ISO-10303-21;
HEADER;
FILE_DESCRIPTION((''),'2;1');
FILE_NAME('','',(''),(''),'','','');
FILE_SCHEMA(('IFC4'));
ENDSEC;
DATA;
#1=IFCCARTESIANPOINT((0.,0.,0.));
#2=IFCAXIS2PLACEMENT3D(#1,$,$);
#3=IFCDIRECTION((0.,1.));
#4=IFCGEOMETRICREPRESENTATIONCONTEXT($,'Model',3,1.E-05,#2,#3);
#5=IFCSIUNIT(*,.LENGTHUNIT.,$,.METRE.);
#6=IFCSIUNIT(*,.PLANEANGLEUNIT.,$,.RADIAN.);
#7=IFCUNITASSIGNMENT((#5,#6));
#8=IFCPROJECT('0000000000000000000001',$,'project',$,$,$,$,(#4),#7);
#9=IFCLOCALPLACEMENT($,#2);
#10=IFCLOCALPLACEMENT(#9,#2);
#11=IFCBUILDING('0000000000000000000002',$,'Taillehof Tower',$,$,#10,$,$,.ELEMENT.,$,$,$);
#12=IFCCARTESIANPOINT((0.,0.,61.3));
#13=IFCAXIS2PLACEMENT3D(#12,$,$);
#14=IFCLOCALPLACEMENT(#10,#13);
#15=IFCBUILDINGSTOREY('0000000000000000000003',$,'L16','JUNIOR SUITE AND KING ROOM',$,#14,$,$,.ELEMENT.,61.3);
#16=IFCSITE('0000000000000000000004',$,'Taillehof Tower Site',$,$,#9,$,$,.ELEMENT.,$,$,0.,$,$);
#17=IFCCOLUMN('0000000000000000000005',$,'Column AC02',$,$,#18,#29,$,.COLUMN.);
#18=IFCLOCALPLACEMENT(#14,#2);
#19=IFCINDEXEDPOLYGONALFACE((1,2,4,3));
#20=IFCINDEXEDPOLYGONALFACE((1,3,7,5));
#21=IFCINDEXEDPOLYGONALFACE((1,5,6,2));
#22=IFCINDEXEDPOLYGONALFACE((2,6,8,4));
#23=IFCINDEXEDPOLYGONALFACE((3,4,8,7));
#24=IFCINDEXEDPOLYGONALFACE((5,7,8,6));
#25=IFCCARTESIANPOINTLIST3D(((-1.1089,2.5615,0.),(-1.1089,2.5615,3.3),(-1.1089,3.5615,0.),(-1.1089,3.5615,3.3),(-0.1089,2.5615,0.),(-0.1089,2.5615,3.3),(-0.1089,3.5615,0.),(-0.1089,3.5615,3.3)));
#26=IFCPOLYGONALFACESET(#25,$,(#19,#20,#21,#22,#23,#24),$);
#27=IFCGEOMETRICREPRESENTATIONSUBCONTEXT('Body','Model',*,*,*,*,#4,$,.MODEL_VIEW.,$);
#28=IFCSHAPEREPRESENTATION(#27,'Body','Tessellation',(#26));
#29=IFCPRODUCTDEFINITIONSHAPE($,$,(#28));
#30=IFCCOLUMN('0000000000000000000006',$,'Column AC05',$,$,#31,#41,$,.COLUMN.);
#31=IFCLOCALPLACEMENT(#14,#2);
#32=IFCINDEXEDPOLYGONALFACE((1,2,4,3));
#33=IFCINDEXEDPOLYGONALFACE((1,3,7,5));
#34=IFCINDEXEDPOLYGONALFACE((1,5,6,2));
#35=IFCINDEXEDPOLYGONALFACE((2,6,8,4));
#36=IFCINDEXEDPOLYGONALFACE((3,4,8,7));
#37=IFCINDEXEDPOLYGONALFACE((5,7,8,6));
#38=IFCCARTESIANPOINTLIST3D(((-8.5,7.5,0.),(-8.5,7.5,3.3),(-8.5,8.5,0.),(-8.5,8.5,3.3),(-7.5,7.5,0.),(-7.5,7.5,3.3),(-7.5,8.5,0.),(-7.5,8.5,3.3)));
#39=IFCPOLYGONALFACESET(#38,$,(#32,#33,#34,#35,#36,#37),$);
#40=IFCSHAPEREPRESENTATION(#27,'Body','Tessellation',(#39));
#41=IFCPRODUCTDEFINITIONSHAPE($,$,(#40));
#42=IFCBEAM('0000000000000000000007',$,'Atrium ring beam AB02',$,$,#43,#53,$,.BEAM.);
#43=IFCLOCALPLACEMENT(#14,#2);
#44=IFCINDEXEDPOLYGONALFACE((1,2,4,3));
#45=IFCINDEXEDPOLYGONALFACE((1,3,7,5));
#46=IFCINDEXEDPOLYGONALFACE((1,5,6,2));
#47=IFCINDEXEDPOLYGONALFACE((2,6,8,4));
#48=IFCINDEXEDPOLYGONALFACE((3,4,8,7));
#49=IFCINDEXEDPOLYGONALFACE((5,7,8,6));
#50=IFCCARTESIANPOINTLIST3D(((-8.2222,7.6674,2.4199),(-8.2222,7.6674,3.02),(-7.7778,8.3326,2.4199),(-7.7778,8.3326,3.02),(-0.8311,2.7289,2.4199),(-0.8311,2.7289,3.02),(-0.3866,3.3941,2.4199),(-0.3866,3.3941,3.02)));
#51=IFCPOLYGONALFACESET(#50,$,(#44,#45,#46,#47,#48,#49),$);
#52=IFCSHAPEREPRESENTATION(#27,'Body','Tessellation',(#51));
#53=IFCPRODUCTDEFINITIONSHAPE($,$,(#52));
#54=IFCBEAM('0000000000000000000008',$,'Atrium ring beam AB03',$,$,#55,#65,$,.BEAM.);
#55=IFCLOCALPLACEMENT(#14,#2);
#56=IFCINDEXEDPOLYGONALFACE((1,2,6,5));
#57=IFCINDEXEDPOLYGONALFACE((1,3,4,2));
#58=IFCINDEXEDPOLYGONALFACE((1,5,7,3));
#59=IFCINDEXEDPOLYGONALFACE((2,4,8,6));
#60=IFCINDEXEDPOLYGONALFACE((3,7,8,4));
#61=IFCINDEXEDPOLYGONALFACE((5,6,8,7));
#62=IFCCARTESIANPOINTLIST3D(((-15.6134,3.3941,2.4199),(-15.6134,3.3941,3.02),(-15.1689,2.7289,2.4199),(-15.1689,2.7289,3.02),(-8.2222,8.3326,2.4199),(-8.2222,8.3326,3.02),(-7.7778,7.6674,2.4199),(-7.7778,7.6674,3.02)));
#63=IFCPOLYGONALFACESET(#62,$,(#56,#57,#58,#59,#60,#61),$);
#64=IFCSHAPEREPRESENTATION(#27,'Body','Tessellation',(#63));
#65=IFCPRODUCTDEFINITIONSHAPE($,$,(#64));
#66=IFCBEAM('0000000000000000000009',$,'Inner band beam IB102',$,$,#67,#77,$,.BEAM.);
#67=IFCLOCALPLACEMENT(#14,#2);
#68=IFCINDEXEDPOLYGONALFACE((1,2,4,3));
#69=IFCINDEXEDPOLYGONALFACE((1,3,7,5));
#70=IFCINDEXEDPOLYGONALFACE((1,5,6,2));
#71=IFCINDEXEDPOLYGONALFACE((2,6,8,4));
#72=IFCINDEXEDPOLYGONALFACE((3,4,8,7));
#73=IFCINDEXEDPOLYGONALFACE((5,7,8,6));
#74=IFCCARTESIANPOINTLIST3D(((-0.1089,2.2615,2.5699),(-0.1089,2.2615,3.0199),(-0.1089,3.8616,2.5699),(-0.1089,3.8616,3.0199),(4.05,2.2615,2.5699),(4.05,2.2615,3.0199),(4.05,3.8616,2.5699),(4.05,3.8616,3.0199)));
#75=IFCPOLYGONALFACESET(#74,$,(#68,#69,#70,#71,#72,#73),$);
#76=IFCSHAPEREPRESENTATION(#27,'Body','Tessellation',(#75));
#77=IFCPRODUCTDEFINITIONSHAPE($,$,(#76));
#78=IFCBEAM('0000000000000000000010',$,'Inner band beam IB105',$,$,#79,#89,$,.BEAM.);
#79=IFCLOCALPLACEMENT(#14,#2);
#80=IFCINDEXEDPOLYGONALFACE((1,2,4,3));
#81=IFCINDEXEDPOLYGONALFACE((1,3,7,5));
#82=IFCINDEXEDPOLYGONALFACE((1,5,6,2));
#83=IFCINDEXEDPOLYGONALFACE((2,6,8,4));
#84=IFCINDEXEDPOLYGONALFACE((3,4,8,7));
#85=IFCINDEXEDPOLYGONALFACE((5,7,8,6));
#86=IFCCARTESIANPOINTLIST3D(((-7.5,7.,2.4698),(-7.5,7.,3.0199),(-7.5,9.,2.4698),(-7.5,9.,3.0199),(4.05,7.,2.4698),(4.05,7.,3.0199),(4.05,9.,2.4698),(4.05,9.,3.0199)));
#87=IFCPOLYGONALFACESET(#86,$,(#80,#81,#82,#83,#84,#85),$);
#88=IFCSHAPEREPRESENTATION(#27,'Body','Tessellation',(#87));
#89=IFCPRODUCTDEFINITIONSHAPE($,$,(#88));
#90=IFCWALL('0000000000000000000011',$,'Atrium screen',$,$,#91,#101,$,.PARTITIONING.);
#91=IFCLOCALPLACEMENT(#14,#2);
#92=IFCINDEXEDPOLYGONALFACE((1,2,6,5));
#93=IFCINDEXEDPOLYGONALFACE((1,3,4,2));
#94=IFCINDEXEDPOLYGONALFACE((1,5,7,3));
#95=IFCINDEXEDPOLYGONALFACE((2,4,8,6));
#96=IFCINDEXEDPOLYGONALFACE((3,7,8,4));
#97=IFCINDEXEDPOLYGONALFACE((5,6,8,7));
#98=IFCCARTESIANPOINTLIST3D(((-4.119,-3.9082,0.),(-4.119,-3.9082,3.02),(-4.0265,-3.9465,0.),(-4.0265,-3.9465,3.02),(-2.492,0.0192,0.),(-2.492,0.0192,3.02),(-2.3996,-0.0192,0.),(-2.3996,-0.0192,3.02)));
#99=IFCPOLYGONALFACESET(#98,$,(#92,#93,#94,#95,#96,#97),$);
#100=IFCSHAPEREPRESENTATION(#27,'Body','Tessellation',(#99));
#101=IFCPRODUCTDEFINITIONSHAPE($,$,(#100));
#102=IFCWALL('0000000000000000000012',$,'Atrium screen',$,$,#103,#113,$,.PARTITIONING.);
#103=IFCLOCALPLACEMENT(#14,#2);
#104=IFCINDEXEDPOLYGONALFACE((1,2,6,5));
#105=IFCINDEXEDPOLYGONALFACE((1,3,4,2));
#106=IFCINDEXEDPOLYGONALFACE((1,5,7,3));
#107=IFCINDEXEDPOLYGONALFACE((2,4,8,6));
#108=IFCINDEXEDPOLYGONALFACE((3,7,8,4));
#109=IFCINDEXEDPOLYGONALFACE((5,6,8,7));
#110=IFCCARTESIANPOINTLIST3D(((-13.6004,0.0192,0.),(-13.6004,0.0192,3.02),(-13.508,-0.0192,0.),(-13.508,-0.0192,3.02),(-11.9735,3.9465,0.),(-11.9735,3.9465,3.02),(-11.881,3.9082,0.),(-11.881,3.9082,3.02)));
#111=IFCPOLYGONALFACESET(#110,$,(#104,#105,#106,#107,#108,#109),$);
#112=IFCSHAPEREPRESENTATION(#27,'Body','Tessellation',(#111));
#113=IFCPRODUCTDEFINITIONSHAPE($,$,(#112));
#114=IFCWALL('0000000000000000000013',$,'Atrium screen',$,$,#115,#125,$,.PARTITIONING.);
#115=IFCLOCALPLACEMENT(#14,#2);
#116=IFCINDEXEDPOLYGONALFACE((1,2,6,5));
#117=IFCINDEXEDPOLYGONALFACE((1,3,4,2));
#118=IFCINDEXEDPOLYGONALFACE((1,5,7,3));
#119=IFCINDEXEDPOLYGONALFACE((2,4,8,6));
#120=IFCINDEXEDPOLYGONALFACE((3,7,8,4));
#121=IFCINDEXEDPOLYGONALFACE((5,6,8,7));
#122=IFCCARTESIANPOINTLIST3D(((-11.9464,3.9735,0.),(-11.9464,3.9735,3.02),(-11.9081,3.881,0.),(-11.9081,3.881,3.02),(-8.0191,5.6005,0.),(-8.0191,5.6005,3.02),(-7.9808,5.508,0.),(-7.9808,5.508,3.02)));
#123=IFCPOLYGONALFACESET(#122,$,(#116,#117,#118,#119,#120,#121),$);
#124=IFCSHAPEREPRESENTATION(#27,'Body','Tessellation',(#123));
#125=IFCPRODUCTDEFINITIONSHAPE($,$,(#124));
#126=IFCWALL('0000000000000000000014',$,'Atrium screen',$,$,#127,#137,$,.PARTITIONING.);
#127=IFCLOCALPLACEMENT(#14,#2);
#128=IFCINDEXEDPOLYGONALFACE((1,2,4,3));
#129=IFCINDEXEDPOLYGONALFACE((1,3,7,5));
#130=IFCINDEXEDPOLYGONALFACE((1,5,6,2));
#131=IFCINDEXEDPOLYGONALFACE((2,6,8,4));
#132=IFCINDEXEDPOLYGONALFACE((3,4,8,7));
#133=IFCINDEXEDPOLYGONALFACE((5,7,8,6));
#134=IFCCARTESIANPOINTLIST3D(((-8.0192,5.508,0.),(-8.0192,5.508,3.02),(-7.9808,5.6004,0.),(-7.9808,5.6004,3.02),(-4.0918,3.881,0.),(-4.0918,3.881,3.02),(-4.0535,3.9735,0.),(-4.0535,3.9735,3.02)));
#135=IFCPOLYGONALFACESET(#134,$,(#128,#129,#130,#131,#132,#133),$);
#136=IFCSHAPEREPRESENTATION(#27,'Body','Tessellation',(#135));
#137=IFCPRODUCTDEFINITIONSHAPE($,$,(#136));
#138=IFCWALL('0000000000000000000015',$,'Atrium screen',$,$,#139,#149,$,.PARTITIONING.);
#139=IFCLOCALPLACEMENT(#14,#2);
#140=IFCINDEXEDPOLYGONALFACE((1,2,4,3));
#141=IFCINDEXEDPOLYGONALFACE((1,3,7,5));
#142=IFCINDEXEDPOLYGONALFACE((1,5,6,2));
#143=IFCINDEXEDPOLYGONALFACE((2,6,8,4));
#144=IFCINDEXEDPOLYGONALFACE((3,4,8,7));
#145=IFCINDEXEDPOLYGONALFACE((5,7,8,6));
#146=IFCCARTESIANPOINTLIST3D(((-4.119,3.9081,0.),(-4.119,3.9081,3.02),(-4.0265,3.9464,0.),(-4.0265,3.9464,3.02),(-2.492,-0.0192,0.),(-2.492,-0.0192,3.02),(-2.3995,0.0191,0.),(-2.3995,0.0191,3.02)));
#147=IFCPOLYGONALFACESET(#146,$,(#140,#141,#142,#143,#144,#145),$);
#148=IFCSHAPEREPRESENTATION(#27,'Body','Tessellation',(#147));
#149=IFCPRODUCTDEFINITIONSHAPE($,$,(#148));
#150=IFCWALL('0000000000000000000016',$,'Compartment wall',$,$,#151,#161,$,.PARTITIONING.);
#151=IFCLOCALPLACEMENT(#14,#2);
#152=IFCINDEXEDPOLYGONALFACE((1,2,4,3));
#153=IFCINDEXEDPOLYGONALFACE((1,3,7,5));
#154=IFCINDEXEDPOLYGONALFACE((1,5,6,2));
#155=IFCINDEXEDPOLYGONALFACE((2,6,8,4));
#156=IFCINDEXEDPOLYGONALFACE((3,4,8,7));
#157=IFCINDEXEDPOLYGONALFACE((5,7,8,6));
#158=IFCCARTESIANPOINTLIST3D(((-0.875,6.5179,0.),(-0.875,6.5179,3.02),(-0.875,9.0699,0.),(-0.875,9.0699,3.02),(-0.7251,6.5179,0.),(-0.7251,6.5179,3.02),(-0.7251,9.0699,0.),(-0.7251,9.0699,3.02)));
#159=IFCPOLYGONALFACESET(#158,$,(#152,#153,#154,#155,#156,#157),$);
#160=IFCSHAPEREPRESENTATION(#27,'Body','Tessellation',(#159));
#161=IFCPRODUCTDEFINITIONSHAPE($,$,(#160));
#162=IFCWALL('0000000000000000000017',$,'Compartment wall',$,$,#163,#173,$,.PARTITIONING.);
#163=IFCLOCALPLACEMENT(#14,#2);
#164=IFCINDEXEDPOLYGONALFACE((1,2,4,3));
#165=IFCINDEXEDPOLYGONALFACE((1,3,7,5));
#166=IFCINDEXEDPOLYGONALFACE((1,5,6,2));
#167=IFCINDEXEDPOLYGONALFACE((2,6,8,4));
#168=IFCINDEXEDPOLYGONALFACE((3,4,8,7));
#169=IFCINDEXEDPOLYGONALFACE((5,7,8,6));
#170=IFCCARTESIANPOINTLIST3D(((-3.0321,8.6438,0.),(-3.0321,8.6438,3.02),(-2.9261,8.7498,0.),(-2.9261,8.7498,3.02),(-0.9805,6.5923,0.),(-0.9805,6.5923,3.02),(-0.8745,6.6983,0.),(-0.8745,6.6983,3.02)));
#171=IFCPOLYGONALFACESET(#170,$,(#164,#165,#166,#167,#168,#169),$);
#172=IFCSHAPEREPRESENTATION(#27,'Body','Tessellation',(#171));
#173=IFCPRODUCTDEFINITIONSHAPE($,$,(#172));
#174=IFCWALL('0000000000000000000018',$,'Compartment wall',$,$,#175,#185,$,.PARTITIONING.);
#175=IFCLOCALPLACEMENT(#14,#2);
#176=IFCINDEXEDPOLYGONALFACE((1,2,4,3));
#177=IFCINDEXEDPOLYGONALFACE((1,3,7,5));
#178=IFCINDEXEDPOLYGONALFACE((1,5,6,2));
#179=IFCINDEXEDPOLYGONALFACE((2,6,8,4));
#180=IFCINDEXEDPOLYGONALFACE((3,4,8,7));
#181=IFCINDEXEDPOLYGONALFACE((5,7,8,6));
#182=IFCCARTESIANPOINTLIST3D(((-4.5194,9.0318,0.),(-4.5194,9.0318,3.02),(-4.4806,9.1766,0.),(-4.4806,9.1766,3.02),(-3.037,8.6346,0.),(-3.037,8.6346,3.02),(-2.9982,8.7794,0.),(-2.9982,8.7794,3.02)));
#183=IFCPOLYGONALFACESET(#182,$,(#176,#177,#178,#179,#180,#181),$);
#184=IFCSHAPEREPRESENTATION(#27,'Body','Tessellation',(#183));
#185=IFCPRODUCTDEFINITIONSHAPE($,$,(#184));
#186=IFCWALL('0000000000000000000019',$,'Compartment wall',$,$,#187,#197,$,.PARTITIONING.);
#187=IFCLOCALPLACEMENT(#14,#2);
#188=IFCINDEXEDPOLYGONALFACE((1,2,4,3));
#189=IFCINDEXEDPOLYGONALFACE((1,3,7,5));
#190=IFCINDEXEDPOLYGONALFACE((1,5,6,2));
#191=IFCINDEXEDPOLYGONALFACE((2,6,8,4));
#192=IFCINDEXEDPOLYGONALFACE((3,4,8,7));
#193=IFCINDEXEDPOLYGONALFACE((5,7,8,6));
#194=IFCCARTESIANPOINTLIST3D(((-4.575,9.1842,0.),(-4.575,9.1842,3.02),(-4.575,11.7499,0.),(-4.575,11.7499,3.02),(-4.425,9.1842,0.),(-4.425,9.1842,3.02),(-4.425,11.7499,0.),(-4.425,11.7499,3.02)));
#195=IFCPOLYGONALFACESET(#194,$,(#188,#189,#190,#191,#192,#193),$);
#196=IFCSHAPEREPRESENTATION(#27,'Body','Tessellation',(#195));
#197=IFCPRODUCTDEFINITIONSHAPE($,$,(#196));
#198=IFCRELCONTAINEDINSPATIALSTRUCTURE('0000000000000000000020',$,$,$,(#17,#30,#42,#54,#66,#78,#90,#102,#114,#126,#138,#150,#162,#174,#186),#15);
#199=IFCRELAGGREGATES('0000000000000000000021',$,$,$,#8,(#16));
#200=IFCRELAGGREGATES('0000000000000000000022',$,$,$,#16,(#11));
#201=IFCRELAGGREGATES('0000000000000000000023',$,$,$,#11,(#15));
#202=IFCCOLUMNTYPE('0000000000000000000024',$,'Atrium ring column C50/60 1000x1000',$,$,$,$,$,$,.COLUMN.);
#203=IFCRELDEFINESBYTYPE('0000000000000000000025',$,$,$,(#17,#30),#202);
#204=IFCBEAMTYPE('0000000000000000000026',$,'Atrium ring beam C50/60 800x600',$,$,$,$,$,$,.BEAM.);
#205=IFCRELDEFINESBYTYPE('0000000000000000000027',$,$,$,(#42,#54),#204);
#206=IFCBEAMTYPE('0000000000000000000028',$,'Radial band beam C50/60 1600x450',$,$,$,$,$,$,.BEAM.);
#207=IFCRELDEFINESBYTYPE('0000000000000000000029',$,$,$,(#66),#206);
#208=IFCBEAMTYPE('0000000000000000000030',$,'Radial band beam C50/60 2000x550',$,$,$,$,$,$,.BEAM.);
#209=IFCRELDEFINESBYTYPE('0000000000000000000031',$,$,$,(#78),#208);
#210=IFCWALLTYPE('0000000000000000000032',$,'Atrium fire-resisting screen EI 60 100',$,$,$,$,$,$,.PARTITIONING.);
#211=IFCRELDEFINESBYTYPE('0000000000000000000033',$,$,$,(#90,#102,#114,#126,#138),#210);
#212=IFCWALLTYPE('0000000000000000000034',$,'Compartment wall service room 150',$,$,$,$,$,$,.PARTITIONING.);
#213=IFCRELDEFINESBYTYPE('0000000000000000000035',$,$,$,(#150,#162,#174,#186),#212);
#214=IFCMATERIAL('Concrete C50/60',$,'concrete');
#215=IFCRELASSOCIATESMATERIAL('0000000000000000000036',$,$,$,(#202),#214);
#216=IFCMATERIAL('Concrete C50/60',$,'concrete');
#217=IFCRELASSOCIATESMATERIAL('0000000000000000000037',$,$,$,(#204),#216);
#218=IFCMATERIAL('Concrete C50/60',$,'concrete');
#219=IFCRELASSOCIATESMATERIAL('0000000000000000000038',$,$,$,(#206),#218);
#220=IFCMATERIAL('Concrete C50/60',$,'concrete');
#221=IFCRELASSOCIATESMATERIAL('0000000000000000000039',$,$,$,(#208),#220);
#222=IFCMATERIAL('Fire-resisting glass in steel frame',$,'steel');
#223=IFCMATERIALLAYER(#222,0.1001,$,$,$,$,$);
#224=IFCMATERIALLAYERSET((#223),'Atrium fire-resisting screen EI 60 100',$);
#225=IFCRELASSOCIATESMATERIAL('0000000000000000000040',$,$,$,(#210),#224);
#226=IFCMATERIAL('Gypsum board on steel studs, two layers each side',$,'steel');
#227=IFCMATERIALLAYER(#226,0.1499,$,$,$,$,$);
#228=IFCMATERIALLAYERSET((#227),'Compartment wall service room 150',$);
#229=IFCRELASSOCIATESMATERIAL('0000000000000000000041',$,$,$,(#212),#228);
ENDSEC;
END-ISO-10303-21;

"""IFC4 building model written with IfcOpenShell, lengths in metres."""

from ifc_helpers import new_model, si_unit, direction, frame, frame_2d, origin, origin_2d, place, context, subcontext, project, spatial, rectangle, extrude, material, layer, layer_set, material_profile, profile_set, type_object, element, save


model = new_model("IFC4")

# Units and contexts
model_context = context("Model", 3, precision=1e-05, world=origin(), true_north=direction((0.0, 1.0)))
body_context = subcontext(model_context, "Body", "Model", "MODEL_VIEW")
ifc_project = project(units=[si_unit("LENGTHUNIT", "METRE"), si_unit("PLANEANGLEUNIT", "RADIAN")], contexts=[model_context])

# Site, building, storey
site_placement = place(None, origin())
site = spatial("IfcSite", under=ifc_project, at=site_placement, Name="Taillehof Tower Site", CompositionType="ELEMENT", RefElevation=0.0)
building_placement = place(site_placement, origin())
building = spatial("IfcBuilding", under=site, at=building_placement, Name="Taillehof Tower", CompositionType="ELEMENT")
storey_placement = place(building_placement, frame((0.0, 0.0, 61.3)))
storey = spatial("IfcBuildingStorey", under=building, at=storey_placement, Name="L16", Description="JUNIOR SUITE AND KING ROOM", CompositionType="ELEMENT", Elevation=61.3)

# Columns
ifc_material_1 = material(Name="Concrete C50/60", Category="concrete")
ifc_material_profile_1 = material_profile(ifc_material_1, rectangle(XDim=1.0, YDim=1.0, at=origin_2d()), Name="RC 1000x1000")
ifc_profile_set_1 = profile_set([ifc_material_profile_1], Name="Concrete C50/60")
column_type = type_object("IfcColumnType", Name="Atrium ring column C50/60 1000x1000", PredefinedType="COLUMN", material=ifc_profile_set_1)
for number, where, z_axis, x_axis, name in (
    (1, (-0.6089, 3.0615, 0.0), (0.0, 0.0, 1.0), (1.0, 0.0, 0.0), "Column AC02"),
    (2, (-8.0, 8.0, 0.0), (0.0, 0.0, 1.0), (1.0, 0.0, 0.0), "Column AC05"),
):
    element("IfcColumn", number, at=place(storey_placement, frame(where, z_axis=z_axis, x_axis=x_axis)), inside=storey, type_object=column_type, Name=name, PredefinedType="COLUMN", context=body_context, shape_type="SweptSolid", body=[
        extrude(rectangle(XDim=1.0, YDim=1.0, at=origin_2d()), origin(), (0.0, 0.0, 1.0), 3.3),
    ])

# Beams
ifc_material_2 = material(Name="Concrete C50/60", Category="concrete")
ifc_material_profile_2 = material_profile(ifc_material_2, rectangle(XDim=0.8, YDim=0.6001, at=origin_2d()), Name="RC 800x600")
ifc_profile_set_2 = profile_set([ifc_material_profile_2], Name="Concrete C50/60")
beam_type_1 = type_object("IfcBeamType", Name="Atrium ring beam C50/60 800x600", PredefinedType="BEAM", material=ifc_profile_set_2)
for number, where, z_axis, x_axis, name in (
    (3, (-0.6089, 3.0615, 2.72), (-0.831475, 0.555562, 0.0), (-0.555562, -0.831475, 0.0), "Atrium ring beam AB02"),
    (4, (-8.0, 8.0, 2.72), (-0.831475, -0.555562, 0.0), (0.555562, -0.831475, 0.0), "Atrium ring beam AB03"),
):
    element("IfcBeam", number, at=place(storey_placement, frame(where, z_axis=z_axis, x_axis=x_axis)), inside=storey, type_object=beam_type_1, Name=name, PredefinedType="BEAM", context=body_context, shape_type="SweptSolid", body=[
        extrude(rectangle(XDim=0.8, YDim=0.6001, at=origin_2d()), origin(), (0.0, 0.0, 1.0), 8.8892),
    ])
ifc_material_3 = material(Name="Concrete C50/60", Category="concrete")
ifc_material_profile_3 = material_profile(ifc_material_3, rectangle(XDim=1.6001, YDim=0.45, at=origin_2d()), Name="RC 1600x450")
ifc_profile_set_3 = profile_set([ifc_material_profile_3], Name="Concrete C50/60")
beam_type_2 = type_object("IfcBeamType", Name="Radial band beam C50/60 1600x450", PredefinedType="BEAM", material=ifc_profile_set_3)
beam_1_placement = place(storey_placement, frame((-0.1089, 3.0615, 2.7949), z_axis=(1.0, 0.0, 0.0), x_axis=(0.0, 1.0, 0.0)))
element("IfcBeam", 5, at=beam_1_placement, inside=storey, type_object=beam_type_2, Name="Inner band beam IB102", PredefinedType="BEAM", context=body_context, shape_type="SweptSolid", body=[
    extrude(rectangle(XDim=1.6001, YDim=0.45, at=origin_2d()), origin(), (0.0, 0.0, 1.0), 4.1589),
])
ifc_material_4 = material(Name="Concrete C50/60", Category="concrete")
ifc_material_profile_4 = material_profile(ifc_material_4, rectangle(XDim=2.0, YDim=0.55, at=origin_2d()), Name="RC 2000x550")
ifc_profile_set_4 = profile_set([ifc_material_profile_4], Name="Concrete C50/60")
beam_type_3 = type_object("IfcBeamType", Name="Radial band beam C50/60 2000x550", PredefinedType="BEAM", material=ifc_profile_set_4)
beam_2_placement = place(storey_placement, frame((-7.5, 8.0, 2.7449), z_axis=(1.0, 0.0, 0.0), x_axis=(0.0, 1.0, 0.0)))
element("IfcBeam", 6, at=beam_2_placement, inside=storey, type_object=beam_type_3, Name="Inner band beam IB105", PredefinedType="BEAM", context=body_context, shape_type="SweptSolid", body=[
    extrude(rectangle(XDim=2.0, YDim=0.55, at=origin_2d()), origin(), (0.0, 0.0, 1.0), 11.55),
])

# Walls
ifc_material_5 = material(Name="Fire-resisting glass in steel frame", Category="steel")
ifc_layer_1 = layer(ifc_material_5, 0.1001)
ifc_layer_set_1 = layer_set([ifc_layer_1], Name="Atrium fire-resisting screen EI 60 100")
wall_type_1 = type_object("IfcWallType", Name="Atrium fire-resisting screen EI 60 100", PredefinedType="PARTITIONING", material=ifc_layer_set_1)
for number, where, z_axis, x_axis, name in (
    (7, (-2.4458, 0.0, 0.0), (0.0, 0.0, 1.0), (-0.382731, -0.92386, 0.0), "Atrium screen"),
    (8, (-13.5542, 0.0, 0.0), (0.0, 0.0, 1.0), (0.382731, 0.92386, 0.0), "Atrium screen"),
    (9, (-11.9272, 3.9272, 0.0), (0.0, 0.0, 1.0), (0.92386, 0.382731, 0.0), "Atrium screen"),
    (10, (-8.0, 5.5542, 0.0), (0.0, 0.0, 1.0), (0.92386, -0.382731, 0.0), "Atrium screen"),
    (11, (-4.0728, 3.9272, 0.0), (0.0, 0.0, 1.0), (0.382731, -0.92386, 0.0), "Atrium screen"),
):
    element("IfcWall", number, at=place(storey_placement, frame(where, z_axis=z_axis, x_axis=x_axis)), inside=storey, type_object=wall_type_1, Name=name, PredefinedType="PARTITIONING", context=body_context, shape_type="SweptSolid", body=[
        extrude(rectangle(XDim=4.251, YDim=0.1001, at=frame_2d((2.1255, 0.0))), origin(), (0.0, 0.0, 1.0), 3.02),
    ])
ifc_material_6 = material(Name="Gypsum board on steel studs, two layers each side", Category="steel")
ifc_layer_2 = layer(ifc_material_6, 0.1499)
ifc_layer_set_2 = layer_set([ifc_layer_2], Name="Compartment wall service room 150")
wall_type_2 = type_object("IfcWallType", Name="Compartment wall service room 150", PredefinedType="PARTITIONING", material=ifc_layer_set_2)
wall_1_placement = place(storey_placement, frame((-0.8, 9.0698, 0.0), z_axis=(0.0, 0.0, 1.0), x_axis=(0.0, -1.0, 0.0)))
element("IfcWall", 12, at=wall_1_placement, inside=storey, type_object=wall_type_2, Name="Compartment wall", PredefinedType="PARTITIONING", context=body_context, shape_type="SweptSolid", body=[
    extrude(rectangle(XDim=2.552, YDim=0.1499, at=frame_2d((1.2759, 0.0))), origin(), (0.0, 0.0, 1.0), 3.02),
])
wall_2_placement = place(storey_placement, frame((-0.9275, 6.6453, 0.0), z_axis=(0.0, 0.0, 1.0), x_axis=(-0.707107, 0.707107, 0.0)))
element("IfcWall", 13, at=wall_2_placement, inside=storey, type_object=wall_type_2, Name="Compartment wall", PredefinedType="PARTITIONING", context=body_context, shape_type="SweptSolid", body=[
    extrude(rectangle(XDim=2.9014, YDim=0.1499, at=frame_2d((1.4507, 0.0))), origin(), (0.0, 0.0, 1.0), 3.02),
])
wall_3_placement = place(storey_placement, frame((-3.0176, 8.707, 0.0), z_axis=(0.0, 0.0, 1.0), x_axis=(-0.965925, 0.258821, 0.0)))
element("IfcWall", 14, at=wall_3_placement, inside=storey, type_object=wall_type_2, Name="Compartment wall", PredefinedType="PARTITIONING", context=body_context, shape_type="SweptSolid", body=[
    extrude(rectangle(XDim=1.5347, YDim=0.1499, at=frame_2d((0.7673, 0.0))), origin(), (0.0, 0.0, 1.0), 3.02),
])
wall_4_placement = place(storey_placement, frame((-4.5, 9.1843, 0.0), z_axis=(0.0, 0.0, 1.0), x_axis=(0.0, 1.0, 0.0)))
element("IfcWall", 15, at=wall_4_placement, inside=storey, type_object=wall_type_2, Name="Compartment wall", PredefinedType="PARTITIONING", context=body_context, shape_type="SweptSolid", body=[
    extrude(rectangle(XDim=2.5657, YDim=0.1499, at=frame_2d((1.2827, 0.0))), origin(), (0.0, 0.0, 1.0), 3.02),
])

save(model, "model.ifc")
